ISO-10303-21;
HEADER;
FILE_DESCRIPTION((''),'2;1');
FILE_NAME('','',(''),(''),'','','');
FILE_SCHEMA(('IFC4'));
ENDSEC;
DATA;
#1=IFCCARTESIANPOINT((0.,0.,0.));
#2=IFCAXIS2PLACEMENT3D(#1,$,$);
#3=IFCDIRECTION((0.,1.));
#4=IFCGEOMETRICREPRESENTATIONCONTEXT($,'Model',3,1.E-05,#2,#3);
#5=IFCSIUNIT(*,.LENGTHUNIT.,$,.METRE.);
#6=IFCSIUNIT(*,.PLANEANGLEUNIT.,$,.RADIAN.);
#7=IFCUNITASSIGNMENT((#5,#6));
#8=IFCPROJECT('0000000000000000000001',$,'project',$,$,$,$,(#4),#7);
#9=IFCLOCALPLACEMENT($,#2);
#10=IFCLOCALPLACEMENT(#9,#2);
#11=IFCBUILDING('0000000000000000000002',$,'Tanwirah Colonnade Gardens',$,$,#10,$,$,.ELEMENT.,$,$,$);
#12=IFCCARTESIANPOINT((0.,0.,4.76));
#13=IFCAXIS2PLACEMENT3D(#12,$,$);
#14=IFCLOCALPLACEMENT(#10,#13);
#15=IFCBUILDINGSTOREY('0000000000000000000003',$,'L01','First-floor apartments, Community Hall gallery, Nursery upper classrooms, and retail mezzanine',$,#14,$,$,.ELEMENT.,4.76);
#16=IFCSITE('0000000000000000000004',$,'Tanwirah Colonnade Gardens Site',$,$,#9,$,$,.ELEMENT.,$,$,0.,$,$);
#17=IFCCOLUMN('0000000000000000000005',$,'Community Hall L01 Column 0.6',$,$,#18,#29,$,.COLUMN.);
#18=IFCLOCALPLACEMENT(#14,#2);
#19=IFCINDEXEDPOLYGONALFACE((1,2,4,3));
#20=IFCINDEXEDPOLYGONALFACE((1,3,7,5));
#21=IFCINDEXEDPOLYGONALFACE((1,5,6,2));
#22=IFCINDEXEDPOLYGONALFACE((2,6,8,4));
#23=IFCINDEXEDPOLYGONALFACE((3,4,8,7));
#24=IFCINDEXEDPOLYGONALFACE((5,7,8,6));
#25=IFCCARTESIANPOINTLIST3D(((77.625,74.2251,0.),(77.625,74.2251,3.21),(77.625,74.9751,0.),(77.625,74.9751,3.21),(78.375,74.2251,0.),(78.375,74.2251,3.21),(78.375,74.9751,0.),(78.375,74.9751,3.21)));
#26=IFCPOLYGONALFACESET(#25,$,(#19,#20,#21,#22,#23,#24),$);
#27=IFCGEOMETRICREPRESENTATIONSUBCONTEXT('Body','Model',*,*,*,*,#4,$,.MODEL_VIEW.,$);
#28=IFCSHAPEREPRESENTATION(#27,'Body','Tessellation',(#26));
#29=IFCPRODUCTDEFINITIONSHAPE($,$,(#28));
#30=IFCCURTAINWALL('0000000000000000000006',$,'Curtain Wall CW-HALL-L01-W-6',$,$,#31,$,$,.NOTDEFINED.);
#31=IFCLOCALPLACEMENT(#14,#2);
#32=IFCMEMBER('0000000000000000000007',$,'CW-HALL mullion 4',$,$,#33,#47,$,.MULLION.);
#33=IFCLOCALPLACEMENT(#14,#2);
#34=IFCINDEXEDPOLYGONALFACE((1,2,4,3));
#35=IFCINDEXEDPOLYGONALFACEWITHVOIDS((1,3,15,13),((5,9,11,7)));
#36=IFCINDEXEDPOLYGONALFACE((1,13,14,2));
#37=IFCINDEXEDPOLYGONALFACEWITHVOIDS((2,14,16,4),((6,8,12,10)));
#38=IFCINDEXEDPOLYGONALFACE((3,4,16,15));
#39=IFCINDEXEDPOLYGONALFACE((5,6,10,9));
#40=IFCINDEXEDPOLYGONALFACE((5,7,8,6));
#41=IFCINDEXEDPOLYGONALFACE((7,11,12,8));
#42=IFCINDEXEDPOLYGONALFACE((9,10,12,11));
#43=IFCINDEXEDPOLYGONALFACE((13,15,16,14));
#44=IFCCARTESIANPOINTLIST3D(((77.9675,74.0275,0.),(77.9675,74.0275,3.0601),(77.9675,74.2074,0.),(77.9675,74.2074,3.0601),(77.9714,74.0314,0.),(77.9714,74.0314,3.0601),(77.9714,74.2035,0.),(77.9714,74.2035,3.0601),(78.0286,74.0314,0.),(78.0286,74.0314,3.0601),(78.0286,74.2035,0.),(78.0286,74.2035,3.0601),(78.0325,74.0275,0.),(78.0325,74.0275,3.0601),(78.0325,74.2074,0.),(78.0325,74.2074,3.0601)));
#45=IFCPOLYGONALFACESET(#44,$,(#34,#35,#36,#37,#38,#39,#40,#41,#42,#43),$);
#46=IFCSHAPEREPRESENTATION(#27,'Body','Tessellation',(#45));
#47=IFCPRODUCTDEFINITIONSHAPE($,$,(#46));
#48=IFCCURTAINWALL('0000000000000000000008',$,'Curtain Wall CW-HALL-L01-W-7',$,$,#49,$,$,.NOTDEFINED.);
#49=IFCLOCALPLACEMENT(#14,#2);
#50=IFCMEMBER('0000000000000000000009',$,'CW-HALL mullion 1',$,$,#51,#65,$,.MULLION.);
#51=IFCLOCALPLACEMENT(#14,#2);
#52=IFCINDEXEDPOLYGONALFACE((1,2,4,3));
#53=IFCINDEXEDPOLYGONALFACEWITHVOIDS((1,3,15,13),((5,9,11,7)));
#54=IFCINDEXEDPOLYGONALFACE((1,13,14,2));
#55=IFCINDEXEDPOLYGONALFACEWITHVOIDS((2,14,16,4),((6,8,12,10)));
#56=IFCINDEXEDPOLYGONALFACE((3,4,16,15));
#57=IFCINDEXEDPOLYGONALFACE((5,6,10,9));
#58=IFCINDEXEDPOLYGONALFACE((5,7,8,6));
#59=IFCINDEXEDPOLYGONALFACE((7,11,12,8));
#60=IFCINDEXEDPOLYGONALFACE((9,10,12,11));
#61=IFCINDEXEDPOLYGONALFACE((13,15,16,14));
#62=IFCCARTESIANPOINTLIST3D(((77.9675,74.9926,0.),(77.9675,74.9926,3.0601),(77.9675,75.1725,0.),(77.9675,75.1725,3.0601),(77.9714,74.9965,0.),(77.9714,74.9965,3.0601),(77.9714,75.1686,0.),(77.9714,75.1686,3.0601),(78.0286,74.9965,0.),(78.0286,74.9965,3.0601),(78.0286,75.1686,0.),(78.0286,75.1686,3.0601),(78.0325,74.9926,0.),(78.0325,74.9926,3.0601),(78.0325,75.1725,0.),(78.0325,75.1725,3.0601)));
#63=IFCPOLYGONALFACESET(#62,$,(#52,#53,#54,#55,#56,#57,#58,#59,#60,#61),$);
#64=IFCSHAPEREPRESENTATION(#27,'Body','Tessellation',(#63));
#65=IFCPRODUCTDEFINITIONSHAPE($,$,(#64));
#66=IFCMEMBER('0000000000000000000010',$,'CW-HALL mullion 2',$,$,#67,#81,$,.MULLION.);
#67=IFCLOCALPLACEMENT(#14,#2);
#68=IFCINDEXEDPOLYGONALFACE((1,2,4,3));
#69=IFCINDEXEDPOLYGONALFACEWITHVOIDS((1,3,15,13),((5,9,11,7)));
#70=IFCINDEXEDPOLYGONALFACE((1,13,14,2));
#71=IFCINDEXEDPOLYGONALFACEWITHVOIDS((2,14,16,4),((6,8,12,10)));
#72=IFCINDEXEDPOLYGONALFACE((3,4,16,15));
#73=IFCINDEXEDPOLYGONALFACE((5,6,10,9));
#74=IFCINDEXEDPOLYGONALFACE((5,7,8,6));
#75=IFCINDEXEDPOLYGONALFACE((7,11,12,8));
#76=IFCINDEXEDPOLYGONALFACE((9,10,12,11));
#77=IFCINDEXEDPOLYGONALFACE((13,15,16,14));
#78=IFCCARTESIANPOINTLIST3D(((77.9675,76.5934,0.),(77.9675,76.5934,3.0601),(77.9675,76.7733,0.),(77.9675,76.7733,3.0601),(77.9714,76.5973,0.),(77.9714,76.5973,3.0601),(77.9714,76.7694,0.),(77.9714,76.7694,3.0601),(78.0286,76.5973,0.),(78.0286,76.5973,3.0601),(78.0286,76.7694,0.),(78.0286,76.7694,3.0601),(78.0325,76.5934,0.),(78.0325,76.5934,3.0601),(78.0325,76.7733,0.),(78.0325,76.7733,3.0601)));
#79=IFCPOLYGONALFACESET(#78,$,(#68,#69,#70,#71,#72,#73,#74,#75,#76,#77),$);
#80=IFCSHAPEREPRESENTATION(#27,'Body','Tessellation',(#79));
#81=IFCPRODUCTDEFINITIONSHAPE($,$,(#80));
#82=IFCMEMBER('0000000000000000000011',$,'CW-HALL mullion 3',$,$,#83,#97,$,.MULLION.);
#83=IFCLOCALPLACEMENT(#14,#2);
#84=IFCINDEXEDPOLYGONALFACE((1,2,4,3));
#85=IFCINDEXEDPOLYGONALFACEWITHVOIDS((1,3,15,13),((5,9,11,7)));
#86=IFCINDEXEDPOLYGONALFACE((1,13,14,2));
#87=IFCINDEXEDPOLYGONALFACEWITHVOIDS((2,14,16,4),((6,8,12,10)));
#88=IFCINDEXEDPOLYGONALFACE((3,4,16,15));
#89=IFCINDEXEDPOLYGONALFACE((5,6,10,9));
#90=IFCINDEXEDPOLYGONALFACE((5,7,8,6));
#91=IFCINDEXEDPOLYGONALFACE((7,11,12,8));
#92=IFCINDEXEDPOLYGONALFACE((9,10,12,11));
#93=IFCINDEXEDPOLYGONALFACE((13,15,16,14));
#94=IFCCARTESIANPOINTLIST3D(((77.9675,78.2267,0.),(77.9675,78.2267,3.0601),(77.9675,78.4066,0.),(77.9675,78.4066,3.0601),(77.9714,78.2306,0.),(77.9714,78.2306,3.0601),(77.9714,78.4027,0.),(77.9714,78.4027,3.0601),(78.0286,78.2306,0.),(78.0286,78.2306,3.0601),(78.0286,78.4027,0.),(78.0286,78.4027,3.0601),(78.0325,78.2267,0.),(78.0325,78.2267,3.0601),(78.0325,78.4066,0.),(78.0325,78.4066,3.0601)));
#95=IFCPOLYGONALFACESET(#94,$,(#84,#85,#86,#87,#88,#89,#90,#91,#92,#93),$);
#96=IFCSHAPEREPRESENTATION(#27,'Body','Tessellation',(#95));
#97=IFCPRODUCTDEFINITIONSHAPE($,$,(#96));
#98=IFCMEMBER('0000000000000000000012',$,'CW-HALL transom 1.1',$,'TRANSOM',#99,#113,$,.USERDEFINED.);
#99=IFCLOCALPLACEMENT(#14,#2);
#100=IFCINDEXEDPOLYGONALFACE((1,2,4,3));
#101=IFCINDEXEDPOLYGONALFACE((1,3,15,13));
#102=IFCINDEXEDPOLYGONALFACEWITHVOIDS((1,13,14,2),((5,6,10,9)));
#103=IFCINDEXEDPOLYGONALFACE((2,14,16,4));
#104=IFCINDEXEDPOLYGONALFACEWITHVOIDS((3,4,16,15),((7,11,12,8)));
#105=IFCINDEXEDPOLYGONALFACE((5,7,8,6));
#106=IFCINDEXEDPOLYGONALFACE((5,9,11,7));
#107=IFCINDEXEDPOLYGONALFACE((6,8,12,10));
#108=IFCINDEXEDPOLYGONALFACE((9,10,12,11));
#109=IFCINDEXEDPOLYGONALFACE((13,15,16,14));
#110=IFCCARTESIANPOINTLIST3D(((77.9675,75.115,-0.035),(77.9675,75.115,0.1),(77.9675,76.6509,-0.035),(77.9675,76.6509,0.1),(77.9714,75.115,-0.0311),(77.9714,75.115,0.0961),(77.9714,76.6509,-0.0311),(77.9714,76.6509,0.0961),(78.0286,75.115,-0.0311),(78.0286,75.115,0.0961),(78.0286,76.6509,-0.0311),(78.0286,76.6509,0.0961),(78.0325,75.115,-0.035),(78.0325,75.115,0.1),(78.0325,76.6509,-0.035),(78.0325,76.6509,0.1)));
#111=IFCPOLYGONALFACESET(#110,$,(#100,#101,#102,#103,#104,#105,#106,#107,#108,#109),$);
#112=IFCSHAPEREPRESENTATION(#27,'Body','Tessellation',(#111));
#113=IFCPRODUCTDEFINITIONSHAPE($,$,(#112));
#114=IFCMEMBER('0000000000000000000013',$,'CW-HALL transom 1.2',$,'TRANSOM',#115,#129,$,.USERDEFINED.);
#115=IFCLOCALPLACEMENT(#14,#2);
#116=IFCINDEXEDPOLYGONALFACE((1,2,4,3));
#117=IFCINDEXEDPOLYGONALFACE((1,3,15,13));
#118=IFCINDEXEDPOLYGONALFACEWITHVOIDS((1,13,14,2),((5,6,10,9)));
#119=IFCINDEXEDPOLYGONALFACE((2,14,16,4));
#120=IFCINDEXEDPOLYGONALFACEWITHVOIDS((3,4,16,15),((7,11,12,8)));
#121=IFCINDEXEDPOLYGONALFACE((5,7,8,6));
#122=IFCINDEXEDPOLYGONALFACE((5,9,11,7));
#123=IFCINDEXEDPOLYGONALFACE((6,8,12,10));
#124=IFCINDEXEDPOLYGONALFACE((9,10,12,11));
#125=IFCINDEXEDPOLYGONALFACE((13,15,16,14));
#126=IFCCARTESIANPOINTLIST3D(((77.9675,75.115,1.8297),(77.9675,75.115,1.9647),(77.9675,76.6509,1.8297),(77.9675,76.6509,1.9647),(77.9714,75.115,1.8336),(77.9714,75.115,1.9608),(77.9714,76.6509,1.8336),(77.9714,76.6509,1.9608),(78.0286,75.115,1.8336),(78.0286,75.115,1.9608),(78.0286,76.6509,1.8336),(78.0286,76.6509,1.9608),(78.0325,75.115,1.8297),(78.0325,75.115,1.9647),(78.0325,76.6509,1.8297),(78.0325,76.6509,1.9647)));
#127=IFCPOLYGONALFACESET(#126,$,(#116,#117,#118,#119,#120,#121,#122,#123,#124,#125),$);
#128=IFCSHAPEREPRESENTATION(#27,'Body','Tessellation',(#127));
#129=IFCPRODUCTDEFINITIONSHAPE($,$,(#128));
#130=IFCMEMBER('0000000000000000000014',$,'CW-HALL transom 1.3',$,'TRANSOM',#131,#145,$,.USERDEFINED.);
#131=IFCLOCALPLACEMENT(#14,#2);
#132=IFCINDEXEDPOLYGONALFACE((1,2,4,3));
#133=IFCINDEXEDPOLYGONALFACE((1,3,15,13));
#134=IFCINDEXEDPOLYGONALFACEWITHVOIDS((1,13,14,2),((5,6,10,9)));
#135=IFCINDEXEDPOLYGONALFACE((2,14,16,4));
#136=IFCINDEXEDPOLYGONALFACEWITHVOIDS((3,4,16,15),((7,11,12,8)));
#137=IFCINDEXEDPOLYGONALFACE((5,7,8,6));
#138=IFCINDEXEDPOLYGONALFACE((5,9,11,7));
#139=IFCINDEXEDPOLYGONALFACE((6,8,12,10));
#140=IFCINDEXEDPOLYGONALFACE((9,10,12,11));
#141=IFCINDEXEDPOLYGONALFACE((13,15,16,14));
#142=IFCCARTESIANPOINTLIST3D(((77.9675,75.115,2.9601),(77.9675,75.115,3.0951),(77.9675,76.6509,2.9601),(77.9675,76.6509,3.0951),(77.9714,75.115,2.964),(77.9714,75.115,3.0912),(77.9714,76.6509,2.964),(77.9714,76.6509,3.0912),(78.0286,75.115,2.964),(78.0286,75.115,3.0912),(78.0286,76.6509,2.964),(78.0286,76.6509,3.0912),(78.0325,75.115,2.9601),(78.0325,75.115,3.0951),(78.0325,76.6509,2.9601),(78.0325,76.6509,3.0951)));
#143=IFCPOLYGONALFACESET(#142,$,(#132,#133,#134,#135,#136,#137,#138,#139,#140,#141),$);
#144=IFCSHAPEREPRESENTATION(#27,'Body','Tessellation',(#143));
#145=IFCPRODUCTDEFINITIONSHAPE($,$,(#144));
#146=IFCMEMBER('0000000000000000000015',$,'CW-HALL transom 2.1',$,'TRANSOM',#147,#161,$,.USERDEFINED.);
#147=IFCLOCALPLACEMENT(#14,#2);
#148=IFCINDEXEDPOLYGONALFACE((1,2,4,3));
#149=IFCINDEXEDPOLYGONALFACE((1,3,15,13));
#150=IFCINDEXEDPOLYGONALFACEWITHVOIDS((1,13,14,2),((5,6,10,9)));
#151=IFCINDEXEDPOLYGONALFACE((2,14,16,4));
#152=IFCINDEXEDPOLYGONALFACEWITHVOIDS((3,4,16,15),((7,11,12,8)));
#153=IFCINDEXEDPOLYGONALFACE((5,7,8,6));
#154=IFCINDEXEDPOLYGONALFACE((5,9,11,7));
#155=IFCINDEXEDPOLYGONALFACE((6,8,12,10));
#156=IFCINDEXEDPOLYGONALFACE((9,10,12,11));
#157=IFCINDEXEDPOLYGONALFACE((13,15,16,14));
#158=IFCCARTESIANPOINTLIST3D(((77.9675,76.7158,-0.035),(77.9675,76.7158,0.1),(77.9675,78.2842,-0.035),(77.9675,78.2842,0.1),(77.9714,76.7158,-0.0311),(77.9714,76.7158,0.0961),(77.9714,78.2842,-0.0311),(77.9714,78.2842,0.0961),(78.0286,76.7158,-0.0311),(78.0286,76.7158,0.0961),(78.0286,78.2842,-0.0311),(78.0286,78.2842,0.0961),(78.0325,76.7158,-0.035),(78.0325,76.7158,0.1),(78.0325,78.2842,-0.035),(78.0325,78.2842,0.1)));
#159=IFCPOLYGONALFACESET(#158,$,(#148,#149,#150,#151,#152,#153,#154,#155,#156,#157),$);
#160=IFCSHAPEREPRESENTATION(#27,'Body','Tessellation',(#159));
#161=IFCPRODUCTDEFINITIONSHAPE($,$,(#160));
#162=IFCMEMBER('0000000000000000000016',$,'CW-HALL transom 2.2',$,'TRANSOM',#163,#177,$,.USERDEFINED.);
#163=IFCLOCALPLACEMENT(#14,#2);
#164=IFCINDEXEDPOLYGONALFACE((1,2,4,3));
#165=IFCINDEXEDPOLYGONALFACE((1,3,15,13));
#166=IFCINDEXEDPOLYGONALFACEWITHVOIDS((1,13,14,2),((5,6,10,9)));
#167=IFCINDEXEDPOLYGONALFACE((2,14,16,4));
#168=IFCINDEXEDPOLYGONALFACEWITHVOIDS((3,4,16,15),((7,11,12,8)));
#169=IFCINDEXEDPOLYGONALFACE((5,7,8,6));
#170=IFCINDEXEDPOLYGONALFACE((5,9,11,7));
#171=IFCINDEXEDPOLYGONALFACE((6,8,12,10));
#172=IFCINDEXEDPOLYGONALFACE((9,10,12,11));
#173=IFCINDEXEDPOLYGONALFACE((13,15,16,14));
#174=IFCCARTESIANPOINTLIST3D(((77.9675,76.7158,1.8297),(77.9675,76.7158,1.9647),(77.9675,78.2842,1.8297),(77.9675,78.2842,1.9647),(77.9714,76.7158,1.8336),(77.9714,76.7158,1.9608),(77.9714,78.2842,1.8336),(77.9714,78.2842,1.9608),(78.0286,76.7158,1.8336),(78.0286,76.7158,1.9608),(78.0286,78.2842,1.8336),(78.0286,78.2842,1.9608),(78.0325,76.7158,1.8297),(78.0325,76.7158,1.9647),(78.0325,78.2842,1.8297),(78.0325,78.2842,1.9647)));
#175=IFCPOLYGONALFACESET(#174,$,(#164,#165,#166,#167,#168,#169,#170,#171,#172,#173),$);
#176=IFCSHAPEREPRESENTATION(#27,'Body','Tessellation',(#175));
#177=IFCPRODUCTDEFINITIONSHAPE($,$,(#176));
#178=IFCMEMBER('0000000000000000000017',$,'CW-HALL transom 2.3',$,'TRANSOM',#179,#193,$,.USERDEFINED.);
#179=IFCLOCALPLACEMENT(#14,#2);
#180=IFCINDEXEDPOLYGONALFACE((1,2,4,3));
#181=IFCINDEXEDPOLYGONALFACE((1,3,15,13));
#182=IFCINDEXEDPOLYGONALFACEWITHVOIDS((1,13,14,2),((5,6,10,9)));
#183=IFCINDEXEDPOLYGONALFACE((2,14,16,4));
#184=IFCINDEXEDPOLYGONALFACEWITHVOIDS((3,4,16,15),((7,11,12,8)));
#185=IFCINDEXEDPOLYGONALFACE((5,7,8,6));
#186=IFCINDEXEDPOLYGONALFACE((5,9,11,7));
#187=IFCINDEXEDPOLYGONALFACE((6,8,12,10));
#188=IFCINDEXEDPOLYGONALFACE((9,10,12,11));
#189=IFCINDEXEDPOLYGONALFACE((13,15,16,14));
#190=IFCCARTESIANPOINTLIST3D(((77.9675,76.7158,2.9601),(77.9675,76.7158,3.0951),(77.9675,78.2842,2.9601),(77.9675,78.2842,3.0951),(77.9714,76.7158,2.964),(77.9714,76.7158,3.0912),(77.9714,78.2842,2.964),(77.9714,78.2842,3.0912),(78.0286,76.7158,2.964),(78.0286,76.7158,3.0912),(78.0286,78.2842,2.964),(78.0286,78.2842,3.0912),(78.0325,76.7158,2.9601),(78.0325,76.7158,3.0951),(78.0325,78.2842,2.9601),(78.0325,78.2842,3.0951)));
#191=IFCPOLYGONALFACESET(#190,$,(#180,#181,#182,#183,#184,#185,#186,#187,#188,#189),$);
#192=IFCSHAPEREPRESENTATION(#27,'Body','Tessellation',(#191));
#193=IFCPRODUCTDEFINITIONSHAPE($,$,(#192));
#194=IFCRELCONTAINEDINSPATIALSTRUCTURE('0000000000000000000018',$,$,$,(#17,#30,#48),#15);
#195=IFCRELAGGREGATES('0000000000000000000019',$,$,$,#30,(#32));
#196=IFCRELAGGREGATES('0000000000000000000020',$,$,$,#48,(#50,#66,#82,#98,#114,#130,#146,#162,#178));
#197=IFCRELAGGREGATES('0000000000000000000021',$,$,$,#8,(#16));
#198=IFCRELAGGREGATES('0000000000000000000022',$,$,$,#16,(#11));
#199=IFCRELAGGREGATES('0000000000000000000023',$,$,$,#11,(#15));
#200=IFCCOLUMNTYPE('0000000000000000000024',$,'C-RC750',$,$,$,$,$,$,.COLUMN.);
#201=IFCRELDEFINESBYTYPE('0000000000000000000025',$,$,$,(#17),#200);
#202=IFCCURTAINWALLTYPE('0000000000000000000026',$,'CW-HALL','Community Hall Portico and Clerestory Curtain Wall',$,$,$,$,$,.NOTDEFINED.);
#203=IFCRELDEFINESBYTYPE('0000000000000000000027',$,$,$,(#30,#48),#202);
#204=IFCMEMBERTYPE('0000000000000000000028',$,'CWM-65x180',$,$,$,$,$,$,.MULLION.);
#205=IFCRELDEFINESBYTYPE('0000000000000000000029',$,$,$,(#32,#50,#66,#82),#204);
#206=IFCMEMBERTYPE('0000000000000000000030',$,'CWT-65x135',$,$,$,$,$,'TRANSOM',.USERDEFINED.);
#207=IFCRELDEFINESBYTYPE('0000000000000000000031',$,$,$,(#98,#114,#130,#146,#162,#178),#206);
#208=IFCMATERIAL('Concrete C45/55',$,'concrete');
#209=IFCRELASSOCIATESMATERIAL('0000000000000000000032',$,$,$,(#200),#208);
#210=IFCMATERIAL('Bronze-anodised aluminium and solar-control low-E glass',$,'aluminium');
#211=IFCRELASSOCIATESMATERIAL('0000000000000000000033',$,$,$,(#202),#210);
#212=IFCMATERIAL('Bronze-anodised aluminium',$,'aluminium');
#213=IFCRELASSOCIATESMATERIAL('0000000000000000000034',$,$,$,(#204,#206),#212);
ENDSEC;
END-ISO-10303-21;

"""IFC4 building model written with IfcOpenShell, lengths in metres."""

from ifc_helpers import new_model, si_unit, direction, frame, origin, origin_2d, place, context, subcontext, project, spatial, rectangle, hollow_rectangle, extrude, material, material_profile, profile_set, type_object, element, aggregate, save


model = new_model("IFC4")

# Units and contexts
model_context = context("Model", 3, precision=1e-05, world=origin(), true_north=direction((0.0, 1.0)))
body_context = subcontext(model_context, "Body", "Model", "MODEL_VIEW")
ifc_project = project(units=[si_unit("LENGTHUNIT", "METRE"), si_unit("PLANEANGLEUNIT", "RADIAN")], contexts=[model_context])

# Site, building, storey
site_placement = place(None, origin())
site = spatial("IfcSite", under=ifc_project, at=site_placement, Name="Tanwirah Colonnade Gardens Site", CompositionType="ELEMENT", RefElevation=0.0)
building_placement = place(site_placement, origin())
building = spatial("IfcBuilding", under=site, at=building_placement, Name="Tanwirah Colonnade Gardens", CompositionType="ELEMENT")
storey_placement = place(building_placement, frame((0.0, 0.0, 4.76)))
storey = spatial("IfcBuildingStorey", under=building, at=storey_placement, Name="L01", Description="First-floor apartments, Community Hall gallery, Nursery upper classrooms, and retail mezzanine", CompositionType="ELEMENT", Elevation=4.76)

# Column
ifc_material_1 = material(Name="Concrete C45/55", Category="concrete")
ifc_material_profile_1 = material_profile(ifc_material_1, rectangle(XDim=0.75, YDim=0.75, at=origin_2d()), Name="RC-COL 750x750")
ifc_profile_set_1 = profile_set([ifc_material_profile_1], Name="Concrete C45/55")
column_type = type_object("IfcColumnType", Name="C-RC750", PredefinedType="COLUMN", material=ifc_profile_set_1)
column_placement = place(storey_placement, frame((78.0, 74.6001, 0.0), z_axis=(0.0, 0.0, 1.0), x_axis=(1.0, 0.0, 0.0)))
element("IfcColumn", 1, at=column_placement, inside=storey, type_object=column_type, Name="Community Hall L01 Column 0.6", PredefinedType="COLUMN", context=body_context, shape_type="SweptSolid", body=[
    extrude(rectangle(XDim=0.75, YDim=0.75, at=origin_2d()), origin(), (0.0, 0.0, 1.0), 3.21),
])

# Curtain wall, member
ifc_material_2 = material(Name="Bronze-anodised aluminium and solar-control low-E glass", Category="aluminium")
curtain_wall_type = type_object("IfcCurtainWallType", Name="CW-HALL", Description="Community Hall Portico and Clerestory Curtain Wall", PredefinedType="NOTDEFINED", material=ifc_material_2)
curtain_wall_1_placement = place(storey_placement, origin())
curtain_wall_1 = element("IfcCurtainWall", 2, at=curtain_wall_1_placement, inside=storey, type_object=curtain_wall_type, Name="Curtain Wall CW-HALL-L01-W-6", PredefinedType="NOTDEFINED")
ifc_material_3 = material(Name="Bronze-anodised aluminium", Category="aluminium")
ifc_material_profile_2 = material_profile(ifc_material_3, hollow_rectangle(XDim=0.0649, YDim=0.1799, WallThickness=0.0039, at=origin_2d()), Name="CW-MUL 65x180x4")
ifc_profile_set_2 = profile_set([ifc_material_profile_2], Name="Bronze-anodised aluminium")
member_type_1 = type_object("IfcMemberType", Name="CWM-65x180", PredefinedType="MULLION", material=ifc_profile_set_2)
member_1_placement = place(storey_placement, frame((78.0, 74.1174, 0.0), z_axis=(0.0, 0.0, 1.0), x_axis=(-1.0, 0.0, 0.0)))
member_1 = element("IfcMember", 3, at=member_1_placement, type_object=member_type_1, Name="CW-HALL mullion 4", PredefinedType="MULLION", context=body_context, shape_type="SweptSolid", body=[
    extrude(hollow_rectangle(XDim=0.0649, YDim=0.1799, WallThickness=0.0039, at=origin_2d()), origin(), (0.0, 0.0, 1.0), 3.0601),
])

# Curtain wall, members
curtain_wall_2_placement = place(storey_placement, origin())
curtain_wall_2 = element("IfcCurtainWall", 4, at=curtain_wall_2_placement, inside=storey, type_object=curtain_wall_type, Name="Curtain Wall CW-HALL-L01-W-7", PredefinedType="NOTDEFINED")
member_2_placement = place(storey_placement, frame((78.0, 75.0825, 0.0), z_axis=(0.0, 0.0, 1.0), x_axis=(-1.0, 0.0, 0.0)))
member_2 = element("IfcMember", 5, at=member_2_placement, type_object=member_type_1, Name="CW-HALL mullion 1", PredefinedType="MULLION", context=body_context, shape_type="SweptSolid", body=[
    extrude(hollow_rectangle(XDim=0.0649, YDim=0.1799, WallThickness=0.0039, at=origin_2d()), origin(), (0.0, 0.0, 1.0), 3.0601),
])
member_3_placement = place(storey_placement, frame((78.0, 76.6833, 0.0), z_axis=(0.0, 0.0, 1.0), x_axis=(-1.0, 0.0, 0.0)))
member_3 = element("IfcMember", 6, at=member_3_placement, type_object=member_type_1, Name="CW-HALL mullion 2", PredefinedType="MULLION", context=body_context, shape_type="SweptSolid", body=[
    extrude(hollow_rectangle(XDim=0.0649, YDim=0.1799, WallThickness=0.0039, at=origin_2d()), origin(), (0.0, 0.0, 1.0), 3.0601),
])
member_4_placement = place(storey_placement, frame((78.0, 78.3167, 0.0), z_axis=(0.0, 0.0, 1.0), x_axis=(-1.0, 0.0, 0.0)))
member_4 = element("IfcMember", 7, at=member_4_placement, type_object=member_type_1, Name="CW-HALL mullion 3", PredefinedType="MULLION", context=body_context, shape_type="SweptSolid", body=[
    extrude(hollow_rectangle(XDim=0.0649, YDim=0.1799, WallThickness=0.0039, at=origin_2d()), origin(), (0.0, 0.0, 1.0), 3.0601),
])
ifc_material_profile_3 = material_profile(ifc_material_3, hollow_rectangle(XDim=0.0649, YDim=0.135, WallThickness=0.0039, at=origin_2d()), Name="CW-TRN 65x135x4")
ifc_profile_set_3 = profile_set([ifc_material_profile_3], Name="Bronze-anodised aluminium")
member_type_2 = type_object("IfcMemberType", Name="CWT-65x135", ElementType="TRANSOM", PredefinedType="USERDEFINED", material=ifc_profile_set_3)
member_5_placement = place(storey_placement, frame((78.0, 75.115, 0.0325), z_axis=(0.0, 1.0, 0.0), x_axis=(-1.0, 0.0, 0.0)))
member_5 = element("IfcMember", 8, at=member_5_placement, type_object=member_type_2, Name="CW-HALL transom 1.1", ObjectType="TRANSOM", PredefinedType="USERDEFINED", context=body_context, shape_type="SweptSolid", body=[
    extrude(hollow_rectangle(XDim=0.0649, YDim=0.135, WallThickness=0.0039, at=origin_2d()), origin(), (0.0, 0.0, 1.0), 1.5359),
])
member_6_placement = place(storey_placement, frame((78.0, 75.115, 1.8972), z_axis=(0.0, 1.0, 0.0), x_axis=(-1.0, 0.0, 0.0)))
member_6 = element("IfcMember", 9, at=member_6_placement, type_object=member_type_2, Name="CW-HALL transom 1.2", ObjectType="TRANSOM", PredefinedType="USERDEFINED", context=body_context, shape_type="SweptSolid", body=[
    extrude(hollow_rectangle(XDim=0.0649, YDim=0.135, WallThickness=0.0039, at=origin_2d()), origin(), (0.0, 0.0, 1.0), 1.5359),
])
member_7_placement = place(storey_placement, frame((78.0, 75.115, 3.0276), z_axis=(0.0, 1.0, 0.0), x_axis=(-1.0, 0.0, 0.0)))
member_7 = element("IfcMember", 10, at=member_7_placement, type_object=member_type_2, Name="CW-HALL transom 1.3", ObjectType="TRANSOM", PredefinedType="USERDEFINED", context=body_context, shape_type="SweptSolid", body=[
    extrude(hollow_rectangle(XDim=0.0649, YDim=0.135, WallThickness=0.0039, at=origin_2d()), origin(), (0.0, 0.0, 1.0), 1.5359),
])
member_8_placement = place(storey_placement, frame((78.0, 76.7158, 0.0325), z_axis=(0.0, 1.0, 0.0), x_axis=(-1.0, 0.0, 0.0)))
member_8 = element("IfcMember", 11, at=member_8_placement, type_object=member_type_2, Name="CW-HALL transom 2.1", ObjectType="TRANSOM", PredefinedType="USERDEFINED", context=body_context, shape_type="SweptSolid", body=[
    extrude(hollow_rectangle(XDim=0.0649, YDim=0.135, WallThickness=0.0039, at=origin_2d()), origin(), (0.0, 0.0, 1.0), 1.5684),
])
member_9_placement = place(storey_placement, frame((78.0, 76.7158, 1.8972), z_axis=(0.0, 1.0, 0.0), x_axis=(-1.0, 0.0, 0.0)))
member_9 = element("IfcMember", 12, at=member_9_placement, type_object=member_type_2, Name="CW-HALL transom 2.2", ObjectType="TRANSOM", PredefinedType="USERDEFINED", context=body_context, shape_type="SweptSolid", body=[
    extrude(hollow_rectangle(XDim=0.0649, YDim=0.135, WallThickness=0.0039, at=origin_2d()), origin(), (0.0, 0.0, 1.0), 1.5684),
])
member_10_placement = place(storey_placement, frame((78.0, 76.7158, 3.0276), z_axis=(0.0, 1.0, 0.0), x_axis=(-1.0, 0.0, 0.0)))
member_10 = element("IfcMember", 13, at=member_10_placement, type_object=member_type_2, Name="CW-HALL transom 2.3", ObjectType="TRANSOM", PredefinedType="USERDEFINED", context=body_context, shape_type="SweptSolid", body=[
    extrude(hollow_rectangle(XDim=0.0649, YDim=0.135, WallThickness=0.0039, at=origin_2d()), origin(), (0.0, 0.0, 1.0), 1.5684),
])

aggregate(curtain_wall_1, [member_1])
aggregate(curtain_wall_2, [member_2, member_3, member_4, member_5, member_6, member_7, member_8, member_9, member_10])

save(model, "model.ifc")
